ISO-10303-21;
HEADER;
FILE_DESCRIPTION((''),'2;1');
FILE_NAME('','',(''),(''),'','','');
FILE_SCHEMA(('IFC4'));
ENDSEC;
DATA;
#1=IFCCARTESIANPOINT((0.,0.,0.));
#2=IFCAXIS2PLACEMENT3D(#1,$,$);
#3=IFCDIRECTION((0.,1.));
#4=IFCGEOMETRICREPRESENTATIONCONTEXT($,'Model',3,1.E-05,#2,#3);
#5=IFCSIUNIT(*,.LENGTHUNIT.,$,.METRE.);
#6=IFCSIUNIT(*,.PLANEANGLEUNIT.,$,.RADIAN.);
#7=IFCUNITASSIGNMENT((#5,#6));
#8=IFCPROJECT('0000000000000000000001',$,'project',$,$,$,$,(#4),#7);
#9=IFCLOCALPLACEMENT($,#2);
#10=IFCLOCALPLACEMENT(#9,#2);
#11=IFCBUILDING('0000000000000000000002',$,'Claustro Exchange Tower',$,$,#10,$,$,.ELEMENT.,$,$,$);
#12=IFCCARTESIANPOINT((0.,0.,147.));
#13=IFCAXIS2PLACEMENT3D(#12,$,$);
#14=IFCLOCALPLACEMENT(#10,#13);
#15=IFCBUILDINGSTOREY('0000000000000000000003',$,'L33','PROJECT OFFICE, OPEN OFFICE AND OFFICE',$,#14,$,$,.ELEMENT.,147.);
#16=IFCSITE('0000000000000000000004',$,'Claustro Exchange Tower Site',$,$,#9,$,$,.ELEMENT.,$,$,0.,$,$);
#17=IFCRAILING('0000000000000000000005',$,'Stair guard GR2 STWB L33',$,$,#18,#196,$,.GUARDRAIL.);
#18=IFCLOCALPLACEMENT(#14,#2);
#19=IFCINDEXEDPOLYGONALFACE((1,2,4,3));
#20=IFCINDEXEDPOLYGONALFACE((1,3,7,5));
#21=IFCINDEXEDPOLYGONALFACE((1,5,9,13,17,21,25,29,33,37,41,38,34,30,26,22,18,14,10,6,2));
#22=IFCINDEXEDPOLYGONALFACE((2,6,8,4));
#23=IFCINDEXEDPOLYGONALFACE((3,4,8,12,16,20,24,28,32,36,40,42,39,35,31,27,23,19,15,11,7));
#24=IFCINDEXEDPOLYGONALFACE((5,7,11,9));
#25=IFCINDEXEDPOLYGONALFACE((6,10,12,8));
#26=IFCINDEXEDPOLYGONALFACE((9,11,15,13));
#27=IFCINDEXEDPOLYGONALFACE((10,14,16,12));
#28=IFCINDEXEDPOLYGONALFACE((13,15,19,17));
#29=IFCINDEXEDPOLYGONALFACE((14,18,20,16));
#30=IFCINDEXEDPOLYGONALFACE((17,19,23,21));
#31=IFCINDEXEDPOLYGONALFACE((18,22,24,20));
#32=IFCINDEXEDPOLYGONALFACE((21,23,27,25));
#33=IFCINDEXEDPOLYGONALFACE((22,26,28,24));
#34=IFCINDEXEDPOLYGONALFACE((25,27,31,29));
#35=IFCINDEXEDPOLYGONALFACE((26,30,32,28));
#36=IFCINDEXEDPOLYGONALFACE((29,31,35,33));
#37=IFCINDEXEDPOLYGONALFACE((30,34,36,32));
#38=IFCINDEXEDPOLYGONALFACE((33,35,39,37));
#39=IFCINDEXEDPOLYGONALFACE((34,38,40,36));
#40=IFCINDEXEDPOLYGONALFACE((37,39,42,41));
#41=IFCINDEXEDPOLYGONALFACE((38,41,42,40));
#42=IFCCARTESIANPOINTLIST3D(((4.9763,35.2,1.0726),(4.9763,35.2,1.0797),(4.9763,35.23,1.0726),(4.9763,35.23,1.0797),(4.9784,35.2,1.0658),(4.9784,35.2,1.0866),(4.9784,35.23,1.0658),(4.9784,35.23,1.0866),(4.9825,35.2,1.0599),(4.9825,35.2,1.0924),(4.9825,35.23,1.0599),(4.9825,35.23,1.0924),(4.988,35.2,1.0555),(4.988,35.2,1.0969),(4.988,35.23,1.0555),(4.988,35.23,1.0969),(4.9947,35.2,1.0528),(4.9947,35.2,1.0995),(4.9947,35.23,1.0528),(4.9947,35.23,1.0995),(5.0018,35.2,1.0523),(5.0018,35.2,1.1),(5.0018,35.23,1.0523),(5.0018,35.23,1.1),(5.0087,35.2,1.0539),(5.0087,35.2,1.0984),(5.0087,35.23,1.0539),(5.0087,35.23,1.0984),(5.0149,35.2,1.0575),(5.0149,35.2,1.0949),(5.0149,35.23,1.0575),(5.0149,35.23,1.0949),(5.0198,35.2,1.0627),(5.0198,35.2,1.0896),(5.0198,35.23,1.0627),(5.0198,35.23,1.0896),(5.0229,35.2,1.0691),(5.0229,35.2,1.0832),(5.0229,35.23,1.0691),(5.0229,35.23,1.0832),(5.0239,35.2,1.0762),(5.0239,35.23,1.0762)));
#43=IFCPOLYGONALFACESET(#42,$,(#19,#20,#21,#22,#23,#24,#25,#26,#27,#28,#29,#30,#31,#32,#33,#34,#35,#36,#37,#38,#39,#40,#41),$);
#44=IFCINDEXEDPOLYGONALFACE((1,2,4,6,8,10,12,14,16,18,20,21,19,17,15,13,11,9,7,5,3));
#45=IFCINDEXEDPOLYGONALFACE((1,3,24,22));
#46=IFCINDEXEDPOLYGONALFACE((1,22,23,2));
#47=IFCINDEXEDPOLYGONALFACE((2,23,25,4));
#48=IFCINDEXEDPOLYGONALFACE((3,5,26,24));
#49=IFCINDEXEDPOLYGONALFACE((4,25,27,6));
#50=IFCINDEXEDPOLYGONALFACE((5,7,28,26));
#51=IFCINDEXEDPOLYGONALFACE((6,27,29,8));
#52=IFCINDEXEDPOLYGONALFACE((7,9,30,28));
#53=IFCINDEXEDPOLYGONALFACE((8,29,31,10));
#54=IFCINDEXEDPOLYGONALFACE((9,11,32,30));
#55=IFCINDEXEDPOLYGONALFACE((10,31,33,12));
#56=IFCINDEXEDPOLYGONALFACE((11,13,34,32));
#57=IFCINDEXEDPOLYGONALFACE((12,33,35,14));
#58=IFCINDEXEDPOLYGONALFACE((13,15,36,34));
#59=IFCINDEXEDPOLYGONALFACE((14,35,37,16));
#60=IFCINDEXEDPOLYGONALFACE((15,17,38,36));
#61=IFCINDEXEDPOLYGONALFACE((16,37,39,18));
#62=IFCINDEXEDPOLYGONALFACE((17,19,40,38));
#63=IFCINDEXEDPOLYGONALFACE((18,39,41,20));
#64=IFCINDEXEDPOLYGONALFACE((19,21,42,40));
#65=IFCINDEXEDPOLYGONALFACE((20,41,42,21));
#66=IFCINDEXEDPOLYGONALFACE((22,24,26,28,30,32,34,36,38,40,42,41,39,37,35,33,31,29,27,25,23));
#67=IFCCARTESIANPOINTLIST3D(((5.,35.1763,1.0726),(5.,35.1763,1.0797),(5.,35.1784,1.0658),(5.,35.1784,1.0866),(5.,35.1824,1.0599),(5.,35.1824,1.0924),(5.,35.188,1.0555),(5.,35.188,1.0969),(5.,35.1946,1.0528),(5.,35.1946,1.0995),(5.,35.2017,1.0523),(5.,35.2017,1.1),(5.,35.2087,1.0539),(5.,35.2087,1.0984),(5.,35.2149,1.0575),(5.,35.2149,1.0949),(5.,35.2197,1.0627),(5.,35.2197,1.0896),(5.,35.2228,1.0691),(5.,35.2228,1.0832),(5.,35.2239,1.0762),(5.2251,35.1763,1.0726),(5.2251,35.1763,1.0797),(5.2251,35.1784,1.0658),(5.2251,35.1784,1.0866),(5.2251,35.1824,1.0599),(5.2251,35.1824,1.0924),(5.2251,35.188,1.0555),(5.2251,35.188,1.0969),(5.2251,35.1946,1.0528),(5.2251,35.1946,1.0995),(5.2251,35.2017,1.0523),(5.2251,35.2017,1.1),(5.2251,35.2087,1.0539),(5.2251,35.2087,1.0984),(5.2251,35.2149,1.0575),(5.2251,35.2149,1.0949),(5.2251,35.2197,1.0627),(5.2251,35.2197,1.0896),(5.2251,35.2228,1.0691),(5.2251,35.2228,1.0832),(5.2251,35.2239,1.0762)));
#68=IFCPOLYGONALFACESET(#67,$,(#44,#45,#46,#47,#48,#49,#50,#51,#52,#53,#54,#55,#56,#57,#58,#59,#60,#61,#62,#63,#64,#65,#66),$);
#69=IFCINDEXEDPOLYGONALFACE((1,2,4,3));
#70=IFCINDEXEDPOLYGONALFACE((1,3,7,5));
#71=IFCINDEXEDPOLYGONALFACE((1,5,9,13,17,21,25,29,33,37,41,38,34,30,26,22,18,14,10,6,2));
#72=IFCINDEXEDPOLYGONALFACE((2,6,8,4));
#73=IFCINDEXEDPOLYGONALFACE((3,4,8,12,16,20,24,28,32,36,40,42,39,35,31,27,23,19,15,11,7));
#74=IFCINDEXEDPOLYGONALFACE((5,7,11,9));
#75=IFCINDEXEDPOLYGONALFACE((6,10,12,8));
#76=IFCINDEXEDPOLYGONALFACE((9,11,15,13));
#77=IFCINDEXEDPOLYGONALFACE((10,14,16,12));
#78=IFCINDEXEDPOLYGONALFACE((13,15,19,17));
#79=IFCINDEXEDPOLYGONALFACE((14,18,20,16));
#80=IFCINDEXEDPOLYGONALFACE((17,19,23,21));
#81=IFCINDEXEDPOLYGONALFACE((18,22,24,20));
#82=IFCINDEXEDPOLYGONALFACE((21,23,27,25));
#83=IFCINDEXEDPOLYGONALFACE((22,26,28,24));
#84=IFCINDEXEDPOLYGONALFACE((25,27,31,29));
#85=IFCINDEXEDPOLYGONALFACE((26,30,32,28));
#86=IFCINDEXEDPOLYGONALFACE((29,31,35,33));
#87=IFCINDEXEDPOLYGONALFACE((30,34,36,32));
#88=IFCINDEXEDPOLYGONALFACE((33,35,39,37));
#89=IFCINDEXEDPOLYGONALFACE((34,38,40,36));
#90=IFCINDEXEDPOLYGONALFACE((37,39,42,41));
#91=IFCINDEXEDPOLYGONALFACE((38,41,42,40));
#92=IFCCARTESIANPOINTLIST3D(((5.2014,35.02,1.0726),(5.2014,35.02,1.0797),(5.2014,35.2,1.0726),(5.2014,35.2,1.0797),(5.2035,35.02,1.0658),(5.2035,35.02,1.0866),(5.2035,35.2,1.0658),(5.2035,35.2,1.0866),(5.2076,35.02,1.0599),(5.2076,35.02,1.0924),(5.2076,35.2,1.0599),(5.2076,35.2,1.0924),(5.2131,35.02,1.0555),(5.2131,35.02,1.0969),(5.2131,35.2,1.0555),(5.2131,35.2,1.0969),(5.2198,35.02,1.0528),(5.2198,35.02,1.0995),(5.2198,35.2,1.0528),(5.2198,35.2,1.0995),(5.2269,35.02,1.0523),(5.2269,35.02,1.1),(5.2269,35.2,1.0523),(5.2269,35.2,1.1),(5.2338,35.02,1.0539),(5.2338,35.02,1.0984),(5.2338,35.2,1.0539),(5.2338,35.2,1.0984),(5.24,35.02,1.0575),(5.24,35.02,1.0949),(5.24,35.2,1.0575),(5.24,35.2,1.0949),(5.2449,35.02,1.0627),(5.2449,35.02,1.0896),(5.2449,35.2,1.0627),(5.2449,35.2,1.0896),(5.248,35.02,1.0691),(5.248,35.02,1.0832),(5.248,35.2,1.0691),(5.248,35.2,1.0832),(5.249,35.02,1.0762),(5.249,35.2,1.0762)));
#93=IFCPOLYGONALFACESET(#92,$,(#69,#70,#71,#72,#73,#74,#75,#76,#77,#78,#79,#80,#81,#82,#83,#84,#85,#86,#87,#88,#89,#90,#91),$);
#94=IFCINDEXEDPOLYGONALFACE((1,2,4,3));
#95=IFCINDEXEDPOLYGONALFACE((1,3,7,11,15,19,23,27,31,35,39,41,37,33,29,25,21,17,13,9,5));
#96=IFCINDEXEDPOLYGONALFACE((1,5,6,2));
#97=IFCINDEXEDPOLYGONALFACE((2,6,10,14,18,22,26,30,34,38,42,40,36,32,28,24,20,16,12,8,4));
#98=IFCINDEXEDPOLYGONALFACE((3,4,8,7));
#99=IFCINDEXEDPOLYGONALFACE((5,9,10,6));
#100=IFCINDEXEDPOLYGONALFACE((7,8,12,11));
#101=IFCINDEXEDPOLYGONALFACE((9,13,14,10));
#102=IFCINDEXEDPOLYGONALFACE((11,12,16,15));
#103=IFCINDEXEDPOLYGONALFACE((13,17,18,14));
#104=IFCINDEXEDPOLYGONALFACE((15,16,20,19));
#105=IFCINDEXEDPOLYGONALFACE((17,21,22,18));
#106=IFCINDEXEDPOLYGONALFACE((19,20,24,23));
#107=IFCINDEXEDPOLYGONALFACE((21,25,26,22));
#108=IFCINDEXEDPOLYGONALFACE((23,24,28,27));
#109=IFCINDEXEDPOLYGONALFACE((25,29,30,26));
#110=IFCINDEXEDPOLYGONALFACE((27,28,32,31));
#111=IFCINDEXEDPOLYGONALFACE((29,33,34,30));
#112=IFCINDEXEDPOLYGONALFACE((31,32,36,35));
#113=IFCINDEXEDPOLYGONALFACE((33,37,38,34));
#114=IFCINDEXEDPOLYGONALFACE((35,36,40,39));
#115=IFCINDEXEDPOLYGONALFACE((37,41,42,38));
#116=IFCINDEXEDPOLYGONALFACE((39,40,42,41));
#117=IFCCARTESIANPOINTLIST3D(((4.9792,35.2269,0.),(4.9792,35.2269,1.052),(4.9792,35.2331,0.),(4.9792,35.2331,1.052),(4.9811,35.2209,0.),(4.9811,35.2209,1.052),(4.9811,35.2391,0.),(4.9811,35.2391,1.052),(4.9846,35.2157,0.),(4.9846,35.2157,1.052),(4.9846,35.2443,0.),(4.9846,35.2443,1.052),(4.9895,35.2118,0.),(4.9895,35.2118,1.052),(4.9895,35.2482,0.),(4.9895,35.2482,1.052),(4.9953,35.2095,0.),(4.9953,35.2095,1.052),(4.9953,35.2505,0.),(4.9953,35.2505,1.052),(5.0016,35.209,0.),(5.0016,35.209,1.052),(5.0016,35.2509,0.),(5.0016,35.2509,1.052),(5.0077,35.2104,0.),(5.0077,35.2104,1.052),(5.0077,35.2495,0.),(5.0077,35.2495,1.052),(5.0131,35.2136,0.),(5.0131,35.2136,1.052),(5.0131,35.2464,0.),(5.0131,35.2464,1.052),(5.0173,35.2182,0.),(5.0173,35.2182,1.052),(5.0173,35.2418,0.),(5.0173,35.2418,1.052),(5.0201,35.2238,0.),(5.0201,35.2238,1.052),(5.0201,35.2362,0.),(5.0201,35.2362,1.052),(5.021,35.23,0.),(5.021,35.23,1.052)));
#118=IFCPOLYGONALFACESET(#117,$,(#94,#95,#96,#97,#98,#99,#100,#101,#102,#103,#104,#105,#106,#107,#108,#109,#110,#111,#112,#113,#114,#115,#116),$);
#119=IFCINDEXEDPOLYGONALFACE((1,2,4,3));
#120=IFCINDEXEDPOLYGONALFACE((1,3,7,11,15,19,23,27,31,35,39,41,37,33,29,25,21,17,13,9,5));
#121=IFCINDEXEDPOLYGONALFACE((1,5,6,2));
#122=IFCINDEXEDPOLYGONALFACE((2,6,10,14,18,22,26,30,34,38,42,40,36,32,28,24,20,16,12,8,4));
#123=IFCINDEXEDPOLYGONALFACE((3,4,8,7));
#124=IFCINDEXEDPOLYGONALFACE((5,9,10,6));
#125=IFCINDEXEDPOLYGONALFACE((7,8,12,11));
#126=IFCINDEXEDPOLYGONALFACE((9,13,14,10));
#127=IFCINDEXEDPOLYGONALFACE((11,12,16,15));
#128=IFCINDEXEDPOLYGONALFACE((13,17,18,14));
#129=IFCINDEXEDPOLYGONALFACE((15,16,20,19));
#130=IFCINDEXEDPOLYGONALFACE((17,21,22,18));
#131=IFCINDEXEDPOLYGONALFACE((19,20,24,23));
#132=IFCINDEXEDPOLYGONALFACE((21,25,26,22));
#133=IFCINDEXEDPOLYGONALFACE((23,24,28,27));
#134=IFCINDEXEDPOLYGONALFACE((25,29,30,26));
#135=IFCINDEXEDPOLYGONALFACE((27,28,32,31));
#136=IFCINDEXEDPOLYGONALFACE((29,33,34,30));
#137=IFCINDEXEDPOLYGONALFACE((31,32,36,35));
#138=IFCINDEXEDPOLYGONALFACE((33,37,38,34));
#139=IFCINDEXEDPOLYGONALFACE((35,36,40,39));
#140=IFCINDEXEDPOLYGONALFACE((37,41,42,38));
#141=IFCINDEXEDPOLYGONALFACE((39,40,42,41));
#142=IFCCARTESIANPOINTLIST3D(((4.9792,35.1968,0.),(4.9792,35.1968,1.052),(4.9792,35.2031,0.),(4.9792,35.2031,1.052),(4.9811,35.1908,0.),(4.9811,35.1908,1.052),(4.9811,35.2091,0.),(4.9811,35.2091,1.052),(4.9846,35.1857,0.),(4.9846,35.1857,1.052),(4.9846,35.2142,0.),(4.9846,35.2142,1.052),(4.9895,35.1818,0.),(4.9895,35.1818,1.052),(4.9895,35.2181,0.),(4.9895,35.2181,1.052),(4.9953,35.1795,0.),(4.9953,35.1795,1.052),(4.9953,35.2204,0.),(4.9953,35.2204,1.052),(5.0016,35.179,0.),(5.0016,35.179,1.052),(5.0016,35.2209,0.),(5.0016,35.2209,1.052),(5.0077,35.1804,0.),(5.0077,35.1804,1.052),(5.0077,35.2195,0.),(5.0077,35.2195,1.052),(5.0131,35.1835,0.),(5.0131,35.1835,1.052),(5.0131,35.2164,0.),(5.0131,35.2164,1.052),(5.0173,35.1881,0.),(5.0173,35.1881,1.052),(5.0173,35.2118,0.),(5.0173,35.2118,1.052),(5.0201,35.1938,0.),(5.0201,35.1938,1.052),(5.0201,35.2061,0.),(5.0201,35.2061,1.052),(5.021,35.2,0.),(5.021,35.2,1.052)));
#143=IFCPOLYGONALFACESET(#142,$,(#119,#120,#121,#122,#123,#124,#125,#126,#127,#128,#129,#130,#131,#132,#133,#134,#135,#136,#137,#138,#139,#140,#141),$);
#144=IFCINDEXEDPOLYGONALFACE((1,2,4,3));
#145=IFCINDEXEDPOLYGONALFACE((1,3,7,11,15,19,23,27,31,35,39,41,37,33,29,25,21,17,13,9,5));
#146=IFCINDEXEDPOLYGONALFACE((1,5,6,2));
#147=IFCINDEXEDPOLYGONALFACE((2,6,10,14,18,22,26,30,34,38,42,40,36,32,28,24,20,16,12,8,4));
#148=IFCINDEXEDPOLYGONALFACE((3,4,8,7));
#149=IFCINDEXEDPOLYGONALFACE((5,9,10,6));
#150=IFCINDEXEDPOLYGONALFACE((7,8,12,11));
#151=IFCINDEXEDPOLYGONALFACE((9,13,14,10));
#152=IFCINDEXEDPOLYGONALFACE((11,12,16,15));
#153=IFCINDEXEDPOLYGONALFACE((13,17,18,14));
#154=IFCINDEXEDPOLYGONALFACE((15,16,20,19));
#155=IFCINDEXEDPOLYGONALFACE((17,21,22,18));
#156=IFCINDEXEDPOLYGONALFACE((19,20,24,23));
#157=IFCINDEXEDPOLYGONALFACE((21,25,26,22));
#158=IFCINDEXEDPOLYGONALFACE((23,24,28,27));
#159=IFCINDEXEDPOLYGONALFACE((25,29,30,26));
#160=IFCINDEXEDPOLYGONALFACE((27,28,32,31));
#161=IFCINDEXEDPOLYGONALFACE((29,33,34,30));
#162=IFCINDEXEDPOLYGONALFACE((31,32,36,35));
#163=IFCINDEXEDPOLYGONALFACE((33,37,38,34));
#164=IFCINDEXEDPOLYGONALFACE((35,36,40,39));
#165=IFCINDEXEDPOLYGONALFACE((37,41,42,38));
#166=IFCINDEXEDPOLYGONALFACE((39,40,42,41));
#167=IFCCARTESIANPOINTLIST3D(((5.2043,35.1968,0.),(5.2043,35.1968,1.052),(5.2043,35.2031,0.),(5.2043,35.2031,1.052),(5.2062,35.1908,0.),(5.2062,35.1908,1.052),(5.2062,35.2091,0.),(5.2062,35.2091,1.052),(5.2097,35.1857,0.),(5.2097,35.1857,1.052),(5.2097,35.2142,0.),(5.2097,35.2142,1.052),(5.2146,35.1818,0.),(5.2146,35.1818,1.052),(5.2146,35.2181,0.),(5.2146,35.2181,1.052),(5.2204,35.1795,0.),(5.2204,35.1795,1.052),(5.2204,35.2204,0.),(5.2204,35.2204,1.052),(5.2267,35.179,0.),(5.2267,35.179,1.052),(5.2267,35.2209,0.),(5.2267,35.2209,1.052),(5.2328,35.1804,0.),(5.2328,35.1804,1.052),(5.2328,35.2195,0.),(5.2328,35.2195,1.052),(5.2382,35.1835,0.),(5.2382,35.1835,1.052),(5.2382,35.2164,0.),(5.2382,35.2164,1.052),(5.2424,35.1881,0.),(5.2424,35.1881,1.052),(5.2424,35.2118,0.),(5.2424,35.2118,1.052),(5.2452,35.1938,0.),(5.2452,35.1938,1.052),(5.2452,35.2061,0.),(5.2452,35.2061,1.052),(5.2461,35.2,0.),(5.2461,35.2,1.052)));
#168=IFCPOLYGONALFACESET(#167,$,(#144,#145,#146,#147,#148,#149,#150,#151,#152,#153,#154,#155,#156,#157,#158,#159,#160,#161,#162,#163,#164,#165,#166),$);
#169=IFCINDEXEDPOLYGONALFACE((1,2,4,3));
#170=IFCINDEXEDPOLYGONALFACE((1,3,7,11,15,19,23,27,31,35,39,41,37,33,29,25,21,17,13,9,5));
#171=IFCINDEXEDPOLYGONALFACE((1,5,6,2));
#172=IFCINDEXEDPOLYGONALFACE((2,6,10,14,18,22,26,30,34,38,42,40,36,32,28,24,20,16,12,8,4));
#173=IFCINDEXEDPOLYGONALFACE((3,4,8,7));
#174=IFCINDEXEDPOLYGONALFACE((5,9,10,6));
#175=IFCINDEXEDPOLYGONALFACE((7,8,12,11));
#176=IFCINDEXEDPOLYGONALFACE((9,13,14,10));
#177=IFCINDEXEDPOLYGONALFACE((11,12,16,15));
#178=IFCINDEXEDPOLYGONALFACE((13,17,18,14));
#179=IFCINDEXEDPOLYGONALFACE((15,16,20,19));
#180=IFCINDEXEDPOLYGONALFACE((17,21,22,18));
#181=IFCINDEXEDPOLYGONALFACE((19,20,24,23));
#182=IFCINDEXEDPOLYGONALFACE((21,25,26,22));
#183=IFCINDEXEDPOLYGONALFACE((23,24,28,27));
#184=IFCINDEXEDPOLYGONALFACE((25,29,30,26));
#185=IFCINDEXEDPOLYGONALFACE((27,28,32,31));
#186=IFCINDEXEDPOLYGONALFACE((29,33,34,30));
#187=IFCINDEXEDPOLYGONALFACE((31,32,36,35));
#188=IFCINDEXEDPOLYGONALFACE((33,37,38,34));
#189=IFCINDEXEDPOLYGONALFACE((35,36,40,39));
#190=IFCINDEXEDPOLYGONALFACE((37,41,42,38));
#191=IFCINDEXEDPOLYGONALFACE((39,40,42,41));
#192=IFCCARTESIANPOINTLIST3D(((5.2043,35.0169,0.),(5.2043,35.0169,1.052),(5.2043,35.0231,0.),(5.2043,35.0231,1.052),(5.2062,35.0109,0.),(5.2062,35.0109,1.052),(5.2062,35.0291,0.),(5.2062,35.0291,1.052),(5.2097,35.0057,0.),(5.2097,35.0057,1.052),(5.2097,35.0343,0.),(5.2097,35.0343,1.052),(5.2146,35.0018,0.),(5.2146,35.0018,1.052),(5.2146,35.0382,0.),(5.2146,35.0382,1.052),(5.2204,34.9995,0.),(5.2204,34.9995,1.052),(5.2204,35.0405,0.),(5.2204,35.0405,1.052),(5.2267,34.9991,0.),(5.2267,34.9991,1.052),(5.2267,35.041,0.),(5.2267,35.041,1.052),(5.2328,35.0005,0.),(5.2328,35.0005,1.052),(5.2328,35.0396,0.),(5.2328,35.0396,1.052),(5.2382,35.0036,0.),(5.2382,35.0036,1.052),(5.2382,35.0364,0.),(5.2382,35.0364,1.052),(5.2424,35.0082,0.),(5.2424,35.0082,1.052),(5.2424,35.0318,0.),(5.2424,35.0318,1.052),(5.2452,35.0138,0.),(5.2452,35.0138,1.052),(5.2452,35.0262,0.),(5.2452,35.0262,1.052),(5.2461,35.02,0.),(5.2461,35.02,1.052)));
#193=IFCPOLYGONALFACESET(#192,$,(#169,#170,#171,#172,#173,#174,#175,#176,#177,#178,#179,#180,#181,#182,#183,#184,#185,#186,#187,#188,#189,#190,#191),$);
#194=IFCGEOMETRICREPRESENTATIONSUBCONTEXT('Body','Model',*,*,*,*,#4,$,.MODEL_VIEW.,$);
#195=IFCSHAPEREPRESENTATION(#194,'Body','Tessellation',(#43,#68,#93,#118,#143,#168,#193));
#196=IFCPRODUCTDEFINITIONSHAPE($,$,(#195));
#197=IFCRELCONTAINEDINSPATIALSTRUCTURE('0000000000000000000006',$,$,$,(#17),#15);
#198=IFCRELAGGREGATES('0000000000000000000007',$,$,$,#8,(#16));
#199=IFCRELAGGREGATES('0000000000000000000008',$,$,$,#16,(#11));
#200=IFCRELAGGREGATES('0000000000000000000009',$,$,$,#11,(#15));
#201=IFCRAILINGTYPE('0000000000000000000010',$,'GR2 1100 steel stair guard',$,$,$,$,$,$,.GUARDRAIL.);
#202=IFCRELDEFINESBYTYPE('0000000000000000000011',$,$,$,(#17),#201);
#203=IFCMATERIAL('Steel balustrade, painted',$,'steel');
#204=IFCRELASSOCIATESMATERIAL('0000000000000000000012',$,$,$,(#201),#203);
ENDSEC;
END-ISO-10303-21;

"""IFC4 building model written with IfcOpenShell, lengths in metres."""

from ifc_helpers import new_model, si_unit, direction, frame, origin, origin_2d, place, context, subcontext, project, spatial, circle, extrude, material, type_object, element, save


model = new_model("IFC4")

# Units and contexts
model_context = context("Model", 3, precision=1e-05, world=origin(), true_north=direction((0.0, 1.0)))
body_context = subcontext(model_context, "Body", "Model", "MODEL_VIEW")
ifc_project = project(units=[si_unit("LENGTHUNIT", "METRE"), si_unit("PLANEANGLEUNIT", "RADIAN")], contexts=[model_context])

# Site, building, storey
site_placement = place(None, origin())
site = spatial("IfcSite", under=ifc_project, at=site_placement, Name="Claustro Exchange Tower Site", CompositionType="ELEMENT", RefElevation=0.0)
building_placement = place(site_placement, origin())
building = spatial("IfcBuilding", under=site, at=building_placement, Name="Claustro Exchange Tower", CompositionType="ELEMENT")
storey_placement = place(building_placement, frame((0.0, 0.0, 147.0)))
storey = spatial("IfcBuildingStorey", under=building, at=storey_placement, Name="L33", Description="PROJECT OFFICE, OPEN OFFICE AND OFFICE", CompositionType="ELEMENT", Elevation=147.0)

# Railing
ifc_material_1 = material(Name="Steel balustrade, painted", Category="steel")
railing_type_1 = type_object("IfcRailingType", Name="GR2 1100 steel stair guard", PredefinedType="GUARDRAIL", material=ifc_material_1)
railing_1_placement = place(storey_placement, frame((5.0, 35.23, 0.0)))
element("IfcRailing", 1, at=railing_1_placement, inside=storey, type_object=railing_type_1, Name="Stair guard GR2 STWB L33", PredefinedType="GUARDRAIL", context=body_context, shape_type="SweptSolid", body=[
    extrude(circle(Radius=0.0239, at=origin_2d()), frame((0.0, 0.0, 1.0762), z_axis=(0.0, -1.0, 0.0), x_axis=(1.0, 0.0, 0.0)), (0.0, 0.0, 1.0), 0.03),
    extrude(circle(Radius=0.0239, at=origin_2d()), frame((0.0, -0.03, 1.0762), z_axis=(1.0, 0.0, 0.0), x_axis=(0.0, 1.0, 0.0)), (0.0, 0.0, 1.0), 0.2251),
    extrude(circle(Radius=0.0239, at=origin_2d()), frame((0.2251, -0.03, 1.0762), z_axis=(0.0, -1.0, 0.0), x_axis=(1.0, 0.0, 0.0)), (0.0, 0.0, 1.0), 0.1799),
    extrude(circle(Radius=0.021, at=origin_2d()), origin(), (0.0, 0.0, 1.0), 1.052),
    extrude(circle(Radius=0.021, at=origin_2d()), frame((0.0, -0.03, 0.0)), (0.0, 0.0, 1.0), 1.052),
    extrude(circle(Radius=0.021, at=origin_2d()), frame((0.2251, -0.03, 0.0)), (0.0, 0.0, 1.0), 1.052),
    extrude(circle(Radius=0.021, at=origin_2d()), frame((0.2251, -0.21, 0.0)), (0.0, 0.0, 1.0), 1.052),
])

save(model, "model.ifc")
